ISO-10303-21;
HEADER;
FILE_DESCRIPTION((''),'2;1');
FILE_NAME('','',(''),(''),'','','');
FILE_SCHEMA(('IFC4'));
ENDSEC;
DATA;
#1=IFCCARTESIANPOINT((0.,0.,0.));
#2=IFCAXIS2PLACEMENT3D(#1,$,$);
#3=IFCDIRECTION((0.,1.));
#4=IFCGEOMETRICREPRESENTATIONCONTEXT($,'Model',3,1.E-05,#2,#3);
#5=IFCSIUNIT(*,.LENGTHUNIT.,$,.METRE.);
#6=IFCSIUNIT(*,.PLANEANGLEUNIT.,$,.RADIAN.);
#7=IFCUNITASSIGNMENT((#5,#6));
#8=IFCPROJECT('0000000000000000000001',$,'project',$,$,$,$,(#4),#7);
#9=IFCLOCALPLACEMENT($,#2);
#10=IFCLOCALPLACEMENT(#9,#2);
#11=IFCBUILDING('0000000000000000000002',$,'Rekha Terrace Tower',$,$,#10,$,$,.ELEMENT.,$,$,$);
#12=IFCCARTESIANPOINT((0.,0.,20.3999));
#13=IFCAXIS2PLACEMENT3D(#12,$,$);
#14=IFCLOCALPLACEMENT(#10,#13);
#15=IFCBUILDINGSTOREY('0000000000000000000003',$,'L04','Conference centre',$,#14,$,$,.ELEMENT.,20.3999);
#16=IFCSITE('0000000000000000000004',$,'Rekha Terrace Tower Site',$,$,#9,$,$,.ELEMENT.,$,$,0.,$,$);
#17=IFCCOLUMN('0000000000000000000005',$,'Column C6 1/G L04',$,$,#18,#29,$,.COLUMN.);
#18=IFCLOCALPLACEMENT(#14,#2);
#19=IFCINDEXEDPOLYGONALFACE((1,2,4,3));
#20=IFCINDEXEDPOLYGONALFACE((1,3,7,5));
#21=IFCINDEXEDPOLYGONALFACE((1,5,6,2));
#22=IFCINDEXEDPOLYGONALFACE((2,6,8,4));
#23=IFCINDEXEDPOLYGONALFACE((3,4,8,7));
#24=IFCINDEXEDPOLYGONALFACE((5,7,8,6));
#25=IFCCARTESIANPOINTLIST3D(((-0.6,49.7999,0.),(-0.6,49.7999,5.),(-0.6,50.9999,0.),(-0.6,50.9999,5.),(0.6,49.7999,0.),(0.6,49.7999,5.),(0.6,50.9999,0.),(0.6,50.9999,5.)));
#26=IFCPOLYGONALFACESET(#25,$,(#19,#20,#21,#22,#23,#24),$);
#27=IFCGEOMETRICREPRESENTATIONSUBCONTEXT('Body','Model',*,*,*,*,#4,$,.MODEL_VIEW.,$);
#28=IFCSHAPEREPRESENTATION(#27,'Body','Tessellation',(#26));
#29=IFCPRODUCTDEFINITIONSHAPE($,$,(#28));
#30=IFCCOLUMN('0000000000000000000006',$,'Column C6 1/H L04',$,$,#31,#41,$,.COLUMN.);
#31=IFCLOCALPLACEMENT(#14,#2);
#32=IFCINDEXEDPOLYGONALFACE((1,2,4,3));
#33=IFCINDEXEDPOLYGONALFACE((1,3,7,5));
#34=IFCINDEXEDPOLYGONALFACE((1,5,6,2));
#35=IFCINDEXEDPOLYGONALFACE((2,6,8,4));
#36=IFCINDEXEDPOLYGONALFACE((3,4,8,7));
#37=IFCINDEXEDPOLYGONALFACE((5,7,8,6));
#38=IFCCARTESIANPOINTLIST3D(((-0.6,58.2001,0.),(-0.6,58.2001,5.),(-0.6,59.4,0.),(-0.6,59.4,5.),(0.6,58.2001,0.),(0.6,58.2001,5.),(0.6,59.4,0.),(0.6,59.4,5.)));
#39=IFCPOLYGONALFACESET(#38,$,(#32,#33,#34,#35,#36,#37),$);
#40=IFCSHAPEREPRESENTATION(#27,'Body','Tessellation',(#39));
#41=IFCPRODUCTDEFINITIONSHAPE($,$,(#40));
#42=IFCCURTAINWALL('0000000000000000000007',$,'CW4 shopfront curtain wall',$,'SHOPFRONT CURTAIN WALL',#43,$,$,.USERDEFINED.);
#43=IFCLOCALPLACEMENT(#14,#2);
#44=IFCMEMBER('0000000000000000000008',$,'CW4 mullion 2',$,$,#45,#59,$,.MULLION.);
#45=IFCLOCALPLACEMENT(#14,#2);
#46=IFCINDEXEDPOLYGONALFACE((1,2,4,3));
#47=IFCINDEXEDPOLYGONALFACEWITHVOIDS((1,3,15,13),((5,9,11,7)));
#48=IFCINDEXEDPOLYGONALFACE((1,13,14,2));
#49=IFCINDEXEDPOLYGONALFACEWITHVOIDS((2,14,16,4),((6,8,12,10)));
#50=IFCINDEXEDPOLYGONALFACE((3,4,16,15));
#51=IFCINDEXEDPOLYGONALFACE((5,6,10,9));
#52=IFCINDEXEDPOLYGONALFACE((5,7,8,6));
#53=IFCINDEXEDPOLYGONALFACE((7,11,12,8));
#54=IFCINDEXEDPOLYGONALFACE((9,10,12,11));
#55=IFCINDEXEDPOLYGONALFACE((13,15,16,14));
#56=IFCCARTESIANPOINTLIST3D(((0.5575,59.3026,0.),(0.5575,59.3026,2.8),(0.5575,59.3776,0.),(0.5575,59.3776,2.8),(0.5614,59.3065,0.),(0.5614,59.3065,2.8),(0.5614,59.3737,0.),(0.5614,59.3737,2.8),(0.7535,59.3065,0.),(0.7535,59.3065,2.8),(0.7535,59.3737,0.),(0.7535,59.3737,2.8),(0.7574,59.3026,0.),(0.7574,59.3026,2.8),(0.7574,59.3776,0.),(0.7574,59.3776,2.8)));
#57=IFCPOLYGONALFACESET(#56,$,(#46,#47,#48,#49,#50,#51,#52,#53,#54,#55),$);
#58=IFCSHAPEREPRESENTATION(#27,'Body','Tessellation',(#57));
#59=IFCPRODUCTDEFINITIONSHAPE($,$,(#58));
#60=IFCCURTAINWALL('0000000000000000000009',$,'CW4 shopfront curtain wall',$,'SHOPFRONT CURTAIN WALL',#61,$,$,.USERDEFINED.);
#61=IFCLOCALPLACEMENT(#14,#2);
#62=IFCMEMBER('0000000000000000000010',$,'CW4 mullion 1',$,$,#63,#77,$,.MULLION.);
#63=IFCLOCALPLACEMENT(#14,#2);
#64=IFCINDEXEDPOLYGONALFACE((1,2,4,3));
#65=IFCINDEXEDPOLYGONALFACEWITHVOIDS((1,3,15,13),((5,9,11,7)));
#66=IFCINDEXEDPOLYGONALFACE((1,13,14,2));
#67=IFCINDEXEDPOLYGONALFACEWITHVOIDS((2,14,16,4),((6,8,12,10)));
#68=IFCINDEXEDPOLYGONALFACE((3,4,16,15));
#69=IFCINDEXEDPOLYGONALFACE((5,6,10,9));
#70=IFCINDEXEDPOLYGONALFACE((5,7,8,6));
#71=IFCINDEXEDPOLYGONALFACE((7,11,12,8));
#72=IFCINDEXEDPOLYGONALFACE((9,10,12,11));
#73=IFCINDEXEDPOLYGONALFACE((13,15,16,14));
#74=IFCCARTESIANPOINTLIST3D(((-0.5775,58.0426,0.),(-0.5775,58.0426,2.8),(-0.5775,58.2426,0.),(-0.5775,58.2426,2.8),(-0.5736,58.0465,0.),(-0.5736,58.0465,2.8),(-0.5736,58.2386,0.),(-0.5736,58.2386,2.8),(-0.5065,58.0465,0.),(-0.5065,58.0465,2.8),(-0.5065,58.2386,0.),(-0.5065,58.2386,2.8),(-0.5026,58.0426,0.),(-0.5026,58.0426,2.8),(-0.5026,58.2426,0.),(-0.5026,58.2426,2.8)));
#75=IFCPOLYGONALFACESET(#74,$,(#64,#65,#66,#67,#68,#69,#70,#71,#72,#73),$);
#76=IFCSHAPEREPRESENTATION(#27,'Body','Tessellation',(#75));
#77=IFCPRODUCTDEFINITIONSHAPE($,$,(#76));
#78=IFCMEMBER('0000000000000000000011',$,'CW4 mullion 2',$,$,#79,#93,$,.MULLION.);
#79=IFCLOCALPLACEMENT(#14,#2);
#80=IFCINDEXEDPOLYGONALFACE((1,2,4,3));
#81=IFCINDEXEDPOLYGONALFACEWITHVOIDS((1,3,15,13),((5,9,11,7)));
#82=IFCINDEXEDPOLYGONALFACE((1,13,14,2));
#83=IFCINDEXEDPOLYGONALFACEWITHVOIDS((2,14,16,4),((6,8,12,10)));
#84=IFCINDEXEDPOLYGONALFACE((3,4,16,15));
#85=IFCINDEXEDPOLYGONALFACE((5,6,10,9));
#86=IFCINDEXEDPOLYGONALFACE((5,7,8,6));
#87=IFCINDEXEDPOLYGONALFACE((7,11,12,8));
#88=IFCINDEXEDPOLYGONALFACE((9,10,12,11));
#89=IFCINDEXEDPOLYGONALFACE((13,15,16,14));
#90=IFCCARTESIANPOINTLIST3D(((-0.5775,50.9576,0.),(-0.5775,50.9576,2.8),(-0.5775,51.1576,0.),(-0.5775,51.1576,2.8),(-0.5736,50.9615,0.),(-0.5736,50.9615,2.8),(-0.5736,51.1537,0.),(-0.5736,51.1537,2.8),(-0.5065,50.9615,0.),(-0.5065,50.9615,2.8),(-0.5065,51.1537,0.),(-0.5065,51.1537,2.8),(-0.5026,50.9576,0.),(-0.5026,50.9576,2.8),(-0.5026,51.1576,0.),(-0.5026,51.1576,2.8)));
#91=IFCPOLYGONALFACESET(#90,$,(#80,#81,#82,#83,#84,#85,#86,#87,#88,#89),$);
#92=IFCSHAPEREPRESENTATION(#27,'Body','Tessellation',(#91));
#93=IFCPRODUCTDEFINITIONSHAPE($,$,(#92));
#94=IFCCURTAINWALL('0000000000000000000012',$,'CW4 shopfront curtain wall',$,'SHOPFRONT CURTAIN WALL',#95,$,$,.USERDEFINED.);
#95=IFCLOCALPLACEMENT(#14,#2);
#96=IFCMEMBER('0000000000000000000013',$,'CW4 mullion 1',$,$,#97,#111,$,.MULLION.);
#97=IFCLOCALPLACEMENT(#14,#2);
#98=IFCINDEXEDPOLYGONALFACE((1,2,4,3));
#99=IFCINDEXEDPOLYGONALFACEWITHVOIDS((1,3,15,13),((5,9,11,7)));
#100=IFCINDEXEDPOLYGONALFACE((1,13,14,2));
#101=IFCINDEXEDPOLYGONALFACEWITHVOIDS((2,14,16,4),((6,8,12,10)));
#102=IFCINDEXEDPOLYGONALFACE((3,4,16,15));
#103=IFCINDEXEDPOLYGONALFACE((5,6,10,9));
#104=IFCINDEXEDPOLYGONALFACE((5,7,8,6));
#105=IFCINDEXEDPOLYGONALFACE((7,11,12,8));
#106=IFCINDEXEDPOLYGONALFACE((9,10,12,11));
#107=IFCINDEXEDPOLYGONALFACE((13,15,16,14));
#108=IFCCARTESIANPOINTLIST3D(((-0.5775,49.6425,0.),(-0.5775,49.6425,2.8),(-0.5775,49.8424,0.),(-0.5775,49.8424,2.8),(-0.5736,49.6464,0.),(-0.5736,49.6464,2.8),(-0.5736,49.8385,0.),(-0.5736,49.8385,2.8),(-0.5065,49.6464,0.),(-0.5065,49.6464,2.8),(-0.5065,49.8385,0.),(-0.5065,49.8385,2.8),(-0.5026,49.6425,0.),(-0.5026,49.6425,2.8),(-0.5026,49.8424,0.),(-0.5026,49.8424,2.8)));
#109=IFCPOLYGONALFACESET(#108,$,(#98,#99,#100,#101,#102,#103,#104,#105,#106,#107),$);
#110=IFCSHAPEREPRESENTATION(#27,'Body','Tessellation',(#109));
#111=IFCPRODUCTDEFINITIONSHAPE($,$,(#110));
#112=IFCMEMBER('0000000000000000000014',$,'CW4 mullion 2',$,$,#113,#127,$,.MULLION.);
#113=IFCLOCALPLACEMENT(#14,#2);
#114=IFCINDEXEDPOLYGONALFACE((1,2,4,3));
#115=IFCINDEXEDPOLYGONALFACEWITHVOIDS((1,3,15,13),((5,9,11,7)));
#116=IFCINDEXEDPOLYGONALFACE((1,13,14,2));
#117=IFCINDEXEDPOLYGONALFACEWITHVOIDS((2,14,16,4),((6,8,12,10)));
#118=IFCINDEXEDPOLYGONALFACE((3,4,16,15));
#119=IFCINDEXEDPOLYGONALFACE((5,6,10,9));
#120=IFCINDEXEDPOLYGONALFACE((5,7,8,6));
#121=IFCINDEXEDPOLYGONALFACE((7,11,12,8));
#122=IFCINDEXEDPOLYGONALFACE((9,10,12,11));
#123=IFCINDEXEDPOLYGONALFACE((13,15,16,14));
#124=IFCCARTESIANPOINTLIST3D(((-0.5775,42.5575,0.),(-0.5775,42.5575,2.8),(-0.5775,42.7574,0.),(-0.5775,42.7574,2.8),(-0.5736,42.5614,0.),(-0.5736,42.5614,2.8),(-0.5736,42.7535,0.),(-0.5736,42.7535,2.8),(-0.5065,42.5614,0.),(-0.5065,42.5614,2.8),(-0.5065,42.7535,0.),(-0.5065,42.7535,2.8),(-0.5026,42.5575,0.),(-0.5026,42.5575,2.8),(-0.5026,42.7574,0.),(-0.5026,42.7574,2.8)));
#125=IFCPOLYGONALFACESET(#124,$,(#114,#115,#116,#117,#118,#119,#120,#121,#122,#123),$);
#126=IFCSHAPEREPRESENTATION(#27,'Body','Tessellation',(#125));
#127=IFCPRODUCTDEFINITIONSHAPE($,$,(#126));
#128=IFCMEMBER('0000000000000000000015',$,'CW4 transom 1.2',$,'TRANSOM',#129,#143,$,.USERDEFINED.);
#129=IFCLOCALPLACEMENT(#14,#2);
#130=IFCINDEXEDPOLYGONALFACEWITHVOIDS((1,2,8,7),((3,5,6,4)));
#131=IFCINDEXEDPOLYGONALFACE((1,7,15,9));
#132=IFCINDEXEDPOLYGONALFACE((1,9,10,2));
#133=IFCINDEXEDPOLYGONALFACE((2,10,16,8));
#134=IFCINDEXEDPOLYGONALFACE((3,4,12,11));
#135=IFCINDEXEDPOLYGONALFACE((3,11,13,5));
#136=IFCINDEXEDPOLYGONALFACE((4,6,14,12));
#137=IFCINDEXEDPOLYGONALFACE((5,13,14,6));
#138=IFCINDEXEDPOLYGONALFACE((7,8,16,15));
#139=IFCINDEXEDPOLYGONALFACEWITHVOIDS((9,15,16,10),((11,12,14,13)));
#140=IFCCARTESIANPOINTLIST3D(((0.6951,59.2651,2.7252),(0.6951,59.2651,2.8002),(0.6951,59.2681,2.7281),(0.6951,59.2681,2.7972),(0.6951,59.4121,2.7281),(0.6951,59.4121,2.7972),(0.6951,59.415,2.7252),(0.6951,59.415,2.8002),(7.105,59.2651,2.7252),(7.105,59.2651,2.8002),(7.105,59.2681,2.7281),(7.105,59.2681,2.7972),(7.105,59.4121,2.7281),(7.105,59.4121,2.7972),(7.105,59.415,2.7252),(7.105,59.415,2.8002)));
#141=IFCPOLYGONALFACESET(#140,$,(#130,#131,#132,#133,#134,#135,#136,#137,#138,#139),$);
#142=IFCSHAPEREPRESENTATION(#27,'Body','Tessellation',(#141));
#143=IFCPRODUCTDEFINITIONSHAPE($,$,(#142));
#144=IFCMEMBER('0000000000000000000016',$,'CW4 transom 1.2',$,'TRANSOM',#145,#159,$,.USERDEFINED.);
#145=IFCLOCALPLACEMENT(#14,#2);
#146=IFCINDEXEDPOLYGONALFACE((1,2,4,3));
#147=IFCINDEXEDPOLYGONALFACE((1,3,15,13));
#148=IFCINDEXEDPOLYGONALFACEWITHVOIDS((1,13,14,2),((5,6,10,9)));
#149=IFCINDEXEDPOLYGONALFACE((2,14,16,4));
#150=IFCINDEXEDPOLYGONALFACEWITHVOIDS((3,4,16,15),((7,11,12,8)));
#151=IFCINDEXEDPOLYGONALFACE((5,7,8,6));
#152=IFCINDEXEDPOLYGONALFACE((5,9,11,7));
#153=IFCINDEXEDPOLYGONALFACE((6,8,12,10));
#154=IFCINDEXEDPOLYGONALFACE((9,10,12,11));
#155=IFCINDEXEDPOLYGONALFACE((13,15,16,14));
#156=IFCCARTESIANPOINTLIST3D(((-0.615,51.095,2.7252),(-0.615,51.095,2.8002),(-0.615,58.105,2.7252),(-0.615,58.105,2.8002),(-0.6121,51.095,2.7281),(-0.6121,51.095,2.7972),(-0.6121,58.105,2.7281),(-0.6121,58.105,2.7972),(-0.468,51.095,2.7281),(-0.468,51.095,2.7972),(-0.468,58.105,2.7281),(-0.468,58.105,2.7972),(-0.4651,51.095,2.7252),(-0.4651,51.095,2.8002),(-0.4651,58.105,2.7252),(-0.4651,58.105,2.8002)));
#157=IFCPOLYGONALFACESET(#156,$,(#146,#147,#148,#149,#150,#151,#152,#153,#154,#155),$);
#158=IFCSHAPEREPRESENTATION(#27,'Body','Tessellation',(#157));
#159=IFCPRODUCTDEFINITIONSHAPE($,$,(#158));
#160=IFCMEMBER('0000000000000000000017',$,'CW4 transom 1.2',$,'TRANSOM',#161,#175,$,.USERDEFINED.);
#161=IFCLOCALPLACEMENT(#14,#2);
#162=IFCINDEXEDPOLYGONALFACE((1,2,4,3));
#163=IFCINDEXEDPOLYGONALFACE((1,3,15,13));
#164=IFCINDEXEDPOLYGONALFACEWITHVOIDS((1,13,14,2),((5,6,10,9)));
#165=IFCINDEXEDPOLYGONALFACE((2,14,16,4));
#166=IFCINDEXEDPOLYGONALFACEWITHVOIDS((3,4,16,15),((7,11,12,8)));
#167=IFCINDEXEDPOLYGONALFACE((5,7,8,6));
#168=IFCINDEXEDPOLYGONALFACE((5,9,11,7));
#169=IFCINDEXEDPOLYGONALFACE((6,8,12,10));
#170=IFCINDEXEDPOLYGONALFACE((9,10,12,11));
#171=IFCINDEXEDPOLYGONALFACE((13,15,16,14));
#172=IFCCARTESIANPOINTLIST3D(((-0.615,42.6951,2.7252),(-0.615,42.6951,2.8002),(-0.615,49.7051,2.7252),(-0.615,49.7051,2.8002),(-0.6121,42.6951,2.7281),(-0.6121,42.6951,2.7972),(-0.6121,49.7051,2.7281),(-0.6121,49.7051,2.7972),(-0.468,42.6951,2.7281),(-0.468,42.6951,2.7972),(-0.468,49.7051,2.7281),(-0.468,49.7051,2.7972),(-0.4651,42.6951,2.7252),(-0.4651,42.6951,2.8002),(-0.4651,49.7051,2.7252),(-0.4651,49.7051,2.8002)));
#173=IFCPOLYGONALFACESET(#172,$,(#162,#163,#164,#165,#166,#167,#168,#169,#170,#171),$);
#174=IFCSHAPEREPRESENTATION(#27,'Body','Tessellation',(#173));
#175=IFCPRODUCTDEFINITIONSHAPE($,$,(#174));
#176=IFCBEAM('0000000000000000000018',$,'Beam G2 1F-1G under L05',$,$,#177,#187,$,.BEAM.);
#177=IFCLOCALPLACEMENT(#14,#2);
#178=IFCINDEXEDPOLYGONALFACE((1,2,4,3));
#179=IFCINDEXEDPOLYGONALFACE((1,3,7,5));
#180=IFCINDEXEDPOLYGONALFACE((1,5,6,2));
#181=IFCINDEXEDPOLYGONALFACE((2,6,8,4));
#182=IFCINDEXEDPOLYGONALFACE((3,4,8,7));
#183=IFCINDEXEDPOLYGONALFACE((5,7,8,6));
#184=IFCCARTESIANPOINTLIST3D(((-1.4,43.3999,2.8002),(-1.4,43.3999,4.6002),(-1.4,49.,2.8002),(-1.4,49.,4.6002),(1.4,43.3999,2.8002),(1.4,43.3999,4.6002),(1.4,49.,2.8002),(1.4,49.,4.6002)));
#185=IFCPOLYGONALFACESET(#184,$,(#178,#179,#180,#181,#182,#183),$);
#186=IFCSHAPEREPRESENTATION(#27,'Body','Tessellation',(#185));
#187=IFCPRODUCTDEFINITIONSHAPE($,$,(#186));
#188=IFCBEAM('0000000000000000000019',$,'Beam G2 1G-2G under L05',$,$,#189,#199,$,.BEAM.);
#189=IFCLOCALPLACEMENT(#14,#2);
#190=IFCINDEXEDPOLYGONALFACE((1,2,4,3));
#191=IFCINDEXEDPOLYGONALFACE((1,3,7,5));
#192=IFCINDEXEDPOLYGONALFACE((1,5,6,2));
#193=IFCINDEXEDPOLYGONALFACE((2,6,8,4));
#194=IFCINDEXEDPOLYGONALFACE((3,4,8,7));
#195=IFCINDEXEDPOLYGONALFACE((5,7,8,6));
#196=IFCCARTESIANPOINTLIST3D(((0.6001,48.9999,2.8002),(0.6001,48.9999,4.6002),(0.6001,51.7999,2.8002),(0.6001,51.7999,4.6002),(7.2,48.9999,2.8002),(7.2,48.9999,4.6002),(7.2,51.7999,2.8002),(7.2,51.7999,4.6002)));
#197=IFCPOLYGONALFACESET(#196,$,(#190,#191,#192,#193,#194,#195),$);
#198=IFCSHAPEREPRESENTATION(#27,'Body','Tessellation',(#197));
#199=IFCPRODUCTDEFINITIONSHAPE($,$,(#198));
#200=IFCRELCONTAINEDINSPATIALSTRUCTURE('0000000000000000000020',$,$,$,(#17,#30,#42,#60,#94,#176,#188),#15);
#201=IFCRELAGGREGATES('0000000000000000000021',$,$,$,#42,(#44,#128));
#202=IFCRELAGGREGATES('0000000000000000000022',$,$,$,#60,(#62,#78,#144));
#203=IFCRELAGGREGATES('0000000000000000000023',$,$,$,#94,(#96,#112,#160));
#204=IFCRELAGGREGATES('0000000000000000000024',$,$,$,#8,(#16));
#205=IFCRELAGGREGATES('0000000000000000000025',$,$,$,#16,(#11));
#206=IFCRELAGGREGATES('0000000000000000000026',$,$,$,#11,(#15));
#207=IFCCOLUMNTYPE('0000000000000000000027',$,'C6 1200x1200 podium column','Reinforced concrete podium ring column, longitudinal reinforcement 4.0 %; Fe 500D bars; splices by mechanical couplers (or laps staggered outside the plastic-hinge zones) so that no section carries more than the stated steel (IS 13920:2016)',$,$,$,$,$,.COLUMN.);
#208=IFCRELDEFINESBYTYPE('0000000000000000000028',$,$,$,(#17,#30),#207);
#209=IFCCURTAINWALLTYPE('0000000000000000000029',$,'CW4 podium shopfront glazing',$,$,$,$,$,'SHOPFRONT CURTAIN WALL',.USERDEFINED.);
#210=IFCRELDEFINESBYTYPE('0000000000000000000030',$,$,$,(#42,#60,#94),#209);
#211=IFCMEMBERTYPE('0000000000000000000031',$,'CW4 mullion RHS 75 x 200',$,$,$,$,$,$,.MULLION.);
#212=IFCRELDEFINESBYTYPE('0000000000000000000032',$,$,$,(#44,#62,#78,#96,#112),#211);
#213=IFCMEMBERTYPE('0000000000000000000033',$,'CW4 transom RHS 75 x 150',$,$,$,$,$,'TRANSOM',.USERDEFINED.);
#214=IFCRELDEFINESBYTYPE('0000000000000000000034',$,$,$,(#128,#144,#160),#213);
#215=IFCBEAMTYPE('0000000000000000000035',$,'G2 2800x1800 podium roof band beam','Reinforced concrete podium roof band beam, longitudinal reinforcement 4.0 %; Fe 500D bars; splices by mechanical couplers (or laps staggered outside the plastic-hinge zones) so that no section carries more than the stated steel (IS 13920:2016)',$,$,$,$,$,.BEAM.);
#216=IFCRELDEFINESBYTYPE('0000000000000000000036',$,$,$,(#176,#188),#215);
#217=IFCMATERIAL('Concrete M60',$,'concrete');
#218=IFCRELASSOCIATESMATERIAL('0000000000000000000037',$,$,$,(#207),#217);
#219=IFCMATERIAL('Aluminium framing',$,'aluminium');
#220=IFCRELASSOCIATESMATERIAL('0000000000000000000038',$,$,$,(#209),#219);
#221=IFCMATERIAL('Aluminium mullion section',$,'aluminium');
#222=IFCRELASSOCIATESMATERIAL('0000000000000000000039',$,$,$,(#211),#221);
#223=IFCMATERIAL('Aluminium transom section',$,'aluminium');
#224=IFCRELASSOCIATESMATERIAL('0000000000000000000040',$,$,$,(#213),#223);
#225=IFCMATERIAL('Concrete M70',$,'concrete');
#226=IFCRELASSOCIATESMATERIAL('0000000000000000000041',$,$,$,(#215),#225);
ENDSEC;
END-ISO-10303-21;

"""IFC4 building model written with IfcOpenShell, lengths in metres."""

from ifc_helpers import new_model, si_unit, direction, frame, origin, origin_2d, place, context, subcontext, project, spatial, rectangle, hollow_rectangle, extrude, material, material_profile, profile_set, type_object, element, aggregate, save


model = new_model("IFC4")

# Units and contexts
model_context = context("Model", 3, precision=1e-05, world=origin(), true_north=direction((0.0, 1.0)))
body_context = subcontext(model_context, "Body", "Model", "MODEL_VIEW")
ifc_project = project(units=[si_unit("LENGTHUNIT", "METRE"), si_unit("PLANEANGLEUNIT", "RADIAN")], contexts=[model_context])

# Site, building, storey
site_placement = place(None, origin())
site = spatial("IfcSite", under=ifc_project, at=site_placement, Name="Rekha Terrace Tower Site", CompositionType="ELEMENT", RefElevation=0.0)
building_placement = place(site_placement, origin())
building = spatial("IfcBuilding", under=site, at=building_placement, Name="Rekha Terrace Tower", CompositionType="ELEMENT")
storey_placement = place(building_placement, frame((0.0, 0.0, 20.3999)))
storey = spatial("IfcBuildingStorey", under=building, at=storey_placement, Name="L04", Description="Conference centre", CompositionType="ELEMENT", Elevation=20.3999)

# Columns
ifc_material_1 = material(Name="Concrete M60", Category="concrete")
ifc_material_profile_1 = material_profile(ifc_material_1, rectangle(XDim=1.2, YDim=1.2, at=origin_2d()), Name="RC 1200x1200")
ifc_profile_set_1 = profile_set([ifc_material_profile_1], Name="Concrete M60")
column_type = type_object("IfcColumnType", Name="C6 1200x1200 podium column", Description="Reinforced concrete podium ring column, longitudinal reinforcement 4.0 %; Fe 500D bars; splices by mechanical couplers (or laps staggered outside the plastic-hinge zones) so that no section carries more than the stated steel (IS 13920:2016)", PredefinedType="COLUMN", material=ifc_profile_set_1)
for number, where, z_axis, x_axis, name in (
    (1, (0.0, 50.3999, 0.0), (0.0, 0.0, 1.0), (1.0, 0.0, 0.0), "Column C6 1/G L04"),
    (2, (0.0, 58.8, 0.0), (0.0, 0.0, 1.0), (1.0, 0.0, 0.0), "Column C6 1/H L04"),
):
    element("IfcColumn", number, at=place(storey_placement, frame(where, z_axis=z_axis, x_axis=x_axis)), inside=storey, type_object=column_type, Name=name, PredefinedType="COLUMN", context=body_context, shape_type="SweptSolid", body=[
        extrude(rectangle(XDim=1.2, YDim=1.2, at=origin_2d()), origin(), (0.0, 0.0, 1.0), 5.0),
    ])

# Curtain wall, member
ifc_material_2 = material(Name="Aluminium framing", Category="aluminium")
curtain_wall_type = type_object("IfcCurtainWallType", Name="CW4 podium shopfront glazing", ElementType="SHOPFRONT CURTAIN WALL", PredefinedType="USERDEFINED", material=ifc_material_2)
curtain_wall_1_placement = place(storey_placement, origin())
curtain_wall_1 = element("IfcCurtainWall", 3, at=curtain_wall_1_placement, inside=storey, type_object=curtain_wall_type, Name="CW4 shopfront curtain wall", ObjectType="SHOPFRONT CURTAIN WALL", PredefinedType="USERDEFINED")
ifc_material_3 = material(Name="Aluminium mullion section", Category="aluminium")
ifc_material_profile_2 = material_profile(ifc_material_3, hollow_rectangle(XDim=0.075, YDim=0.2, WallThickness=0.0039, at=origin_2d()), Name="AL RHS 75x200")
ifc_profile_set_2 = profile_set([ifc_material_profile_2], Name="Aluminium mullion section")
member_type_1 = type_object("IfcMemberType", Name="CW4 mullion RHS 75 x 200", PredefinedType="MULLION", material=ifc_profile_set_2)
member_1_placement = place(storey_placement, frame((0.6575, 59.3401, 0.0), z_axis=(0.0, 0.0, 1.0), x_axis=(0.0, -1.0, 0.0)))
member_1 = element("IfcMember", 4, at=member_1_placement, type_object=member_type_1, Name="CW4 mullion 2", PredefinedType="MULLION", context=body_context, shape_type="SweptSolid", body=[
    extrude(hollow_rectangle(XDim=0.075, YDim=0.2, WallThickness=0.0039, at=origin_2d()), origin(), (0.0, 0.0, 1.0), 2.8),
])

# Curtain walls, members
curtain_wall_2_placement = place(storey_placement, origin())
curtain_wall_2 = element("IfcCurtainWall", 5, at=curtain_wall_2_placement, inside=storey, type_object=curtain_wall_type, Name="CW4 shopfront curtain wall", ObjectType="SHOPFRONT CURTAIN WALL", PredefinedType="USERDEFINED")
member_2_placement = place(storey_placement, frame((-0.54, 58.1426, 0.0), z_axis=(0.0, 0.0, 1.0), x_axis=(1.0, 0.0, 0.0)))
member_2 = element("IfcMember", 6, at=member_2_placement, type_object=member_type_1, Name="CW4 mullion 1", PredefinedType="MULLION", context=body_context, shape_type="SweptSolid", body=[
    extrude(hollow_rectangle(XDim=0.075, YDim=0.2, WallThickness=0.0039, at=origin_2d()), origin(), (0.0, 0.0, 1.0), 2.8),
])
member_3_placement = place(storey_placement, frame((-0.54, 51.0576, 0.0), z_axis=(0.0, 0.0, 1.0), x_axis=(1.0, 0.0, 0.0)))
member_3 = element("IfcMember", 7, at=member_3_placement, type_object=member_type_1, Name="CW4 mullion 2", PredefinedType="MULLION", context=body_context, shape_type="SweptSolid", body=[
    extrude(hollow_rectangle(XDim=0.075, YDim=0.2, WallThickness=0.0039, at=origin_2d()), origin(), (0.0, 0.0, 1.0), 2.8),
])
curtain_wall_3_placement = place(storey_placement, origin())
curtain_wall_3 = element("IfcCurtainWall", 8, at=curtain_wall_3_placement, inside=storey, type_object=curtain_wall_type, Name="CW4 shopfront curtain wall", ObjectType="SHOPFRONT CURTAIN WALL", PredefinedType="USERDEFINED")
member_4_placement = place(storey_placement, frame((-0.54, 49.7424, 0.0), z_axis=(0.0, 0.0, 1.0), x_axis=(1.0, 0.0, 0.0)))
member_4 = element("IfcMember", 9, at=member_4_placement, type_object=member_type_1, Name="CW4 mullion 1", PredefinedType="MULLION", context=body_context, shape_type="SweptSolid", body=[
    extrude(hollow_rectangle(XDim=0.075, YDim=0.2, WallThickness=0.0039, at=origin_2d()), origin(), (0.0, 0.0, 1.0), 2.8),
])
member_5_placement = place(storey_placement, frame((-0.54, 42.6575, 0.0), z_axis=(0.0, 0.0, 1.0), x_axis=(1.0, 0.0, 0.0)))
member_5 = element("IfcMember", 10, at=member_5_placement, type_object=member_type_1, Name="CW4 mullion 2", PredefinedType="MULLION", context=body_context, shape_type="SweptSolid", body=[
    extrude(hollow_rectangle(XDim=0.075, YDim=0.2, WallThickness=0.0039, at=origin_2d()), origin(), (0.0, 0.0, 1.0), 2.8),
])

# Members
ifc_material_4 = material(Name="Aluminium transom section", Category="aluminium")
ifc_material_profile_3 = material_profile(ifc_material_4, hollow_rectangle(XDim=0.1499, YDim=0.075, WallThickness=0.0029, at=origin_2d()), Name="AL RHS 150x75")
ifc_profile_set_3 = profile_set([ifc_material_profile_3], Name="Aluminium transom section")
member_type_2 = type_object("IfcMemberType", Name="CW4 transom RHS 75 x 150", ElementType="TRANSOM", PredefinedType="USERDEFINED", material=ifc_profile_set_3)
member_6_placement = place(storey_placement, frame((7.105, 59.3401, 2.7627), z_axis=(-1.0, 0.0, 0.0), x_axis=(0.0, -1.0, 0.0)))
member_6 = element("IfcMember", 11, at=member_6_placement, type_object=member_type_2, Name="CW4 transom 1.2", ObjectType="TRANSOM", PredefinedType="USERDEFINED", context=body_context, shape_type="SweptSolid", body=[
    extrude(hollow_rectangle(XDim=0.1499, YDim=0.075, WallThickness=0.0029, at=origin_2d()), origin(), (0.0, 0.0, 1.0), 6.4099),
])
member_7_placement = place(storey_placement, frame((-0.54, 58.105, 2.7627), z_axis=(0.0, -1.0, 0.0), x_axis=(1.0, 0.0, 0.0)))
member_7 = element("IfcMember", 12, at=member_7_placement, type_object=member_type_2, Name="CW4 transom 1.2", ObjectType="TRANSOM", PredefinedType="USERDEFINED", context=body_context, shape_type="SweptSolid", body=[
    extrude(hollow_rectangle(XDim=0.1499, YDim=0.075, WallThickness=0.0029, at=origin_2d()), origin(), (0.0, 0.0, 1.0), 7.01),
])
member_8_placement = place(storey_placement, frame((-0.54, 49.7051, 2.7627), z_axis=(0.0, -1.0, 0.0), x_axis=(1.0, 0.0, 0.0)))
member_8 = element("IfcMember", 13, at=member_8_placement, type_object=member_type_2, Name="CW4 transom 1.2", ObjectType="TRANSOM", PredefinedType="USERDEFINED", context=body_context, shape_type="SweptSolid", body=[
    extrude(hollow_rectangle(XDim=0.1499, YDim=0.075, WallThickness=0.0029, at=origin_2d()), origin(), (0.0, 0.0, 1.0), 7.01),
])

# Beams
ifc_material_5 = material(Name="Concrete M70", Category="concrete")
ifc_material_profile_4 = material_profile(ifc_material_5, rectangle(XDim=2.8, YDim=1.8, at=origin_2d()), Name="RC 2800x1800")
ifc_profile_set_4 = profile_set([ifc_material_profile_4], Name="Concrete M70")
beam_type = type_object("IfcBeamType", Name="G2 2800x1800 podium roof band beam", Description="Reinforced concrete podium roof band beam, longitudinal reinforcement 4.0 %; Fe 500D bars; splices by mechanical couplers (or laps staggered outside the plastic-hinge zones) so that no section carries more than the stated steel (IS 13920:2016)", PredefinedType="BEAM", material=ifc_profile_set_4)
beam_1_placement = place(storey_placement, frame((0.0, 43.3999, 3.7002), z_axis=(0.0, 1.0, 0.0), x_axis=(-1.0, 0.0, 0.0)))
element("IfcBeam", 14, at=beam_1_placement, inside=storey, type_object=beam_type, Name="Beam G2 1F-1G under L05", PredefinedType="BEAM", context=body_context, shape_type="SweptSolid", body=[
    extrude(rectangle(XDim=2.8, YDim=1.8, at=origin_2d()), origin(), (0.0, 0.0, 1.0), 5.6001),
])
beam_2_placement = place(storey_placement, frame((0.6001, 50.3999, 3.7002), z_axis=(1.0, 0.0, 0.0), x_axis=(0.0, 1.0, 0.0)))
element("IfcBeam", 15, at=beam_2_placement, inside=storey, type_object=beam_type, Name="Beam G2 1G-2G under L05", PredefinedType="BEAM", context=body_context, shape_type="SweptSolid", body=[
    extrude(rectangle(XDim=2.8, YDim=1.8, at=origin_2d()), origin(), (0.0, 0.0, 1.0), 6.5999),
])

aggregate(curtain_wall_1, [member_1, member_6])
aggregate(curtain_wall_2, [member_2, member_3, member_7])
aggregate(curtain_wall_3, [member_4, member_5, member_8])

save(model, "model.ifc")
